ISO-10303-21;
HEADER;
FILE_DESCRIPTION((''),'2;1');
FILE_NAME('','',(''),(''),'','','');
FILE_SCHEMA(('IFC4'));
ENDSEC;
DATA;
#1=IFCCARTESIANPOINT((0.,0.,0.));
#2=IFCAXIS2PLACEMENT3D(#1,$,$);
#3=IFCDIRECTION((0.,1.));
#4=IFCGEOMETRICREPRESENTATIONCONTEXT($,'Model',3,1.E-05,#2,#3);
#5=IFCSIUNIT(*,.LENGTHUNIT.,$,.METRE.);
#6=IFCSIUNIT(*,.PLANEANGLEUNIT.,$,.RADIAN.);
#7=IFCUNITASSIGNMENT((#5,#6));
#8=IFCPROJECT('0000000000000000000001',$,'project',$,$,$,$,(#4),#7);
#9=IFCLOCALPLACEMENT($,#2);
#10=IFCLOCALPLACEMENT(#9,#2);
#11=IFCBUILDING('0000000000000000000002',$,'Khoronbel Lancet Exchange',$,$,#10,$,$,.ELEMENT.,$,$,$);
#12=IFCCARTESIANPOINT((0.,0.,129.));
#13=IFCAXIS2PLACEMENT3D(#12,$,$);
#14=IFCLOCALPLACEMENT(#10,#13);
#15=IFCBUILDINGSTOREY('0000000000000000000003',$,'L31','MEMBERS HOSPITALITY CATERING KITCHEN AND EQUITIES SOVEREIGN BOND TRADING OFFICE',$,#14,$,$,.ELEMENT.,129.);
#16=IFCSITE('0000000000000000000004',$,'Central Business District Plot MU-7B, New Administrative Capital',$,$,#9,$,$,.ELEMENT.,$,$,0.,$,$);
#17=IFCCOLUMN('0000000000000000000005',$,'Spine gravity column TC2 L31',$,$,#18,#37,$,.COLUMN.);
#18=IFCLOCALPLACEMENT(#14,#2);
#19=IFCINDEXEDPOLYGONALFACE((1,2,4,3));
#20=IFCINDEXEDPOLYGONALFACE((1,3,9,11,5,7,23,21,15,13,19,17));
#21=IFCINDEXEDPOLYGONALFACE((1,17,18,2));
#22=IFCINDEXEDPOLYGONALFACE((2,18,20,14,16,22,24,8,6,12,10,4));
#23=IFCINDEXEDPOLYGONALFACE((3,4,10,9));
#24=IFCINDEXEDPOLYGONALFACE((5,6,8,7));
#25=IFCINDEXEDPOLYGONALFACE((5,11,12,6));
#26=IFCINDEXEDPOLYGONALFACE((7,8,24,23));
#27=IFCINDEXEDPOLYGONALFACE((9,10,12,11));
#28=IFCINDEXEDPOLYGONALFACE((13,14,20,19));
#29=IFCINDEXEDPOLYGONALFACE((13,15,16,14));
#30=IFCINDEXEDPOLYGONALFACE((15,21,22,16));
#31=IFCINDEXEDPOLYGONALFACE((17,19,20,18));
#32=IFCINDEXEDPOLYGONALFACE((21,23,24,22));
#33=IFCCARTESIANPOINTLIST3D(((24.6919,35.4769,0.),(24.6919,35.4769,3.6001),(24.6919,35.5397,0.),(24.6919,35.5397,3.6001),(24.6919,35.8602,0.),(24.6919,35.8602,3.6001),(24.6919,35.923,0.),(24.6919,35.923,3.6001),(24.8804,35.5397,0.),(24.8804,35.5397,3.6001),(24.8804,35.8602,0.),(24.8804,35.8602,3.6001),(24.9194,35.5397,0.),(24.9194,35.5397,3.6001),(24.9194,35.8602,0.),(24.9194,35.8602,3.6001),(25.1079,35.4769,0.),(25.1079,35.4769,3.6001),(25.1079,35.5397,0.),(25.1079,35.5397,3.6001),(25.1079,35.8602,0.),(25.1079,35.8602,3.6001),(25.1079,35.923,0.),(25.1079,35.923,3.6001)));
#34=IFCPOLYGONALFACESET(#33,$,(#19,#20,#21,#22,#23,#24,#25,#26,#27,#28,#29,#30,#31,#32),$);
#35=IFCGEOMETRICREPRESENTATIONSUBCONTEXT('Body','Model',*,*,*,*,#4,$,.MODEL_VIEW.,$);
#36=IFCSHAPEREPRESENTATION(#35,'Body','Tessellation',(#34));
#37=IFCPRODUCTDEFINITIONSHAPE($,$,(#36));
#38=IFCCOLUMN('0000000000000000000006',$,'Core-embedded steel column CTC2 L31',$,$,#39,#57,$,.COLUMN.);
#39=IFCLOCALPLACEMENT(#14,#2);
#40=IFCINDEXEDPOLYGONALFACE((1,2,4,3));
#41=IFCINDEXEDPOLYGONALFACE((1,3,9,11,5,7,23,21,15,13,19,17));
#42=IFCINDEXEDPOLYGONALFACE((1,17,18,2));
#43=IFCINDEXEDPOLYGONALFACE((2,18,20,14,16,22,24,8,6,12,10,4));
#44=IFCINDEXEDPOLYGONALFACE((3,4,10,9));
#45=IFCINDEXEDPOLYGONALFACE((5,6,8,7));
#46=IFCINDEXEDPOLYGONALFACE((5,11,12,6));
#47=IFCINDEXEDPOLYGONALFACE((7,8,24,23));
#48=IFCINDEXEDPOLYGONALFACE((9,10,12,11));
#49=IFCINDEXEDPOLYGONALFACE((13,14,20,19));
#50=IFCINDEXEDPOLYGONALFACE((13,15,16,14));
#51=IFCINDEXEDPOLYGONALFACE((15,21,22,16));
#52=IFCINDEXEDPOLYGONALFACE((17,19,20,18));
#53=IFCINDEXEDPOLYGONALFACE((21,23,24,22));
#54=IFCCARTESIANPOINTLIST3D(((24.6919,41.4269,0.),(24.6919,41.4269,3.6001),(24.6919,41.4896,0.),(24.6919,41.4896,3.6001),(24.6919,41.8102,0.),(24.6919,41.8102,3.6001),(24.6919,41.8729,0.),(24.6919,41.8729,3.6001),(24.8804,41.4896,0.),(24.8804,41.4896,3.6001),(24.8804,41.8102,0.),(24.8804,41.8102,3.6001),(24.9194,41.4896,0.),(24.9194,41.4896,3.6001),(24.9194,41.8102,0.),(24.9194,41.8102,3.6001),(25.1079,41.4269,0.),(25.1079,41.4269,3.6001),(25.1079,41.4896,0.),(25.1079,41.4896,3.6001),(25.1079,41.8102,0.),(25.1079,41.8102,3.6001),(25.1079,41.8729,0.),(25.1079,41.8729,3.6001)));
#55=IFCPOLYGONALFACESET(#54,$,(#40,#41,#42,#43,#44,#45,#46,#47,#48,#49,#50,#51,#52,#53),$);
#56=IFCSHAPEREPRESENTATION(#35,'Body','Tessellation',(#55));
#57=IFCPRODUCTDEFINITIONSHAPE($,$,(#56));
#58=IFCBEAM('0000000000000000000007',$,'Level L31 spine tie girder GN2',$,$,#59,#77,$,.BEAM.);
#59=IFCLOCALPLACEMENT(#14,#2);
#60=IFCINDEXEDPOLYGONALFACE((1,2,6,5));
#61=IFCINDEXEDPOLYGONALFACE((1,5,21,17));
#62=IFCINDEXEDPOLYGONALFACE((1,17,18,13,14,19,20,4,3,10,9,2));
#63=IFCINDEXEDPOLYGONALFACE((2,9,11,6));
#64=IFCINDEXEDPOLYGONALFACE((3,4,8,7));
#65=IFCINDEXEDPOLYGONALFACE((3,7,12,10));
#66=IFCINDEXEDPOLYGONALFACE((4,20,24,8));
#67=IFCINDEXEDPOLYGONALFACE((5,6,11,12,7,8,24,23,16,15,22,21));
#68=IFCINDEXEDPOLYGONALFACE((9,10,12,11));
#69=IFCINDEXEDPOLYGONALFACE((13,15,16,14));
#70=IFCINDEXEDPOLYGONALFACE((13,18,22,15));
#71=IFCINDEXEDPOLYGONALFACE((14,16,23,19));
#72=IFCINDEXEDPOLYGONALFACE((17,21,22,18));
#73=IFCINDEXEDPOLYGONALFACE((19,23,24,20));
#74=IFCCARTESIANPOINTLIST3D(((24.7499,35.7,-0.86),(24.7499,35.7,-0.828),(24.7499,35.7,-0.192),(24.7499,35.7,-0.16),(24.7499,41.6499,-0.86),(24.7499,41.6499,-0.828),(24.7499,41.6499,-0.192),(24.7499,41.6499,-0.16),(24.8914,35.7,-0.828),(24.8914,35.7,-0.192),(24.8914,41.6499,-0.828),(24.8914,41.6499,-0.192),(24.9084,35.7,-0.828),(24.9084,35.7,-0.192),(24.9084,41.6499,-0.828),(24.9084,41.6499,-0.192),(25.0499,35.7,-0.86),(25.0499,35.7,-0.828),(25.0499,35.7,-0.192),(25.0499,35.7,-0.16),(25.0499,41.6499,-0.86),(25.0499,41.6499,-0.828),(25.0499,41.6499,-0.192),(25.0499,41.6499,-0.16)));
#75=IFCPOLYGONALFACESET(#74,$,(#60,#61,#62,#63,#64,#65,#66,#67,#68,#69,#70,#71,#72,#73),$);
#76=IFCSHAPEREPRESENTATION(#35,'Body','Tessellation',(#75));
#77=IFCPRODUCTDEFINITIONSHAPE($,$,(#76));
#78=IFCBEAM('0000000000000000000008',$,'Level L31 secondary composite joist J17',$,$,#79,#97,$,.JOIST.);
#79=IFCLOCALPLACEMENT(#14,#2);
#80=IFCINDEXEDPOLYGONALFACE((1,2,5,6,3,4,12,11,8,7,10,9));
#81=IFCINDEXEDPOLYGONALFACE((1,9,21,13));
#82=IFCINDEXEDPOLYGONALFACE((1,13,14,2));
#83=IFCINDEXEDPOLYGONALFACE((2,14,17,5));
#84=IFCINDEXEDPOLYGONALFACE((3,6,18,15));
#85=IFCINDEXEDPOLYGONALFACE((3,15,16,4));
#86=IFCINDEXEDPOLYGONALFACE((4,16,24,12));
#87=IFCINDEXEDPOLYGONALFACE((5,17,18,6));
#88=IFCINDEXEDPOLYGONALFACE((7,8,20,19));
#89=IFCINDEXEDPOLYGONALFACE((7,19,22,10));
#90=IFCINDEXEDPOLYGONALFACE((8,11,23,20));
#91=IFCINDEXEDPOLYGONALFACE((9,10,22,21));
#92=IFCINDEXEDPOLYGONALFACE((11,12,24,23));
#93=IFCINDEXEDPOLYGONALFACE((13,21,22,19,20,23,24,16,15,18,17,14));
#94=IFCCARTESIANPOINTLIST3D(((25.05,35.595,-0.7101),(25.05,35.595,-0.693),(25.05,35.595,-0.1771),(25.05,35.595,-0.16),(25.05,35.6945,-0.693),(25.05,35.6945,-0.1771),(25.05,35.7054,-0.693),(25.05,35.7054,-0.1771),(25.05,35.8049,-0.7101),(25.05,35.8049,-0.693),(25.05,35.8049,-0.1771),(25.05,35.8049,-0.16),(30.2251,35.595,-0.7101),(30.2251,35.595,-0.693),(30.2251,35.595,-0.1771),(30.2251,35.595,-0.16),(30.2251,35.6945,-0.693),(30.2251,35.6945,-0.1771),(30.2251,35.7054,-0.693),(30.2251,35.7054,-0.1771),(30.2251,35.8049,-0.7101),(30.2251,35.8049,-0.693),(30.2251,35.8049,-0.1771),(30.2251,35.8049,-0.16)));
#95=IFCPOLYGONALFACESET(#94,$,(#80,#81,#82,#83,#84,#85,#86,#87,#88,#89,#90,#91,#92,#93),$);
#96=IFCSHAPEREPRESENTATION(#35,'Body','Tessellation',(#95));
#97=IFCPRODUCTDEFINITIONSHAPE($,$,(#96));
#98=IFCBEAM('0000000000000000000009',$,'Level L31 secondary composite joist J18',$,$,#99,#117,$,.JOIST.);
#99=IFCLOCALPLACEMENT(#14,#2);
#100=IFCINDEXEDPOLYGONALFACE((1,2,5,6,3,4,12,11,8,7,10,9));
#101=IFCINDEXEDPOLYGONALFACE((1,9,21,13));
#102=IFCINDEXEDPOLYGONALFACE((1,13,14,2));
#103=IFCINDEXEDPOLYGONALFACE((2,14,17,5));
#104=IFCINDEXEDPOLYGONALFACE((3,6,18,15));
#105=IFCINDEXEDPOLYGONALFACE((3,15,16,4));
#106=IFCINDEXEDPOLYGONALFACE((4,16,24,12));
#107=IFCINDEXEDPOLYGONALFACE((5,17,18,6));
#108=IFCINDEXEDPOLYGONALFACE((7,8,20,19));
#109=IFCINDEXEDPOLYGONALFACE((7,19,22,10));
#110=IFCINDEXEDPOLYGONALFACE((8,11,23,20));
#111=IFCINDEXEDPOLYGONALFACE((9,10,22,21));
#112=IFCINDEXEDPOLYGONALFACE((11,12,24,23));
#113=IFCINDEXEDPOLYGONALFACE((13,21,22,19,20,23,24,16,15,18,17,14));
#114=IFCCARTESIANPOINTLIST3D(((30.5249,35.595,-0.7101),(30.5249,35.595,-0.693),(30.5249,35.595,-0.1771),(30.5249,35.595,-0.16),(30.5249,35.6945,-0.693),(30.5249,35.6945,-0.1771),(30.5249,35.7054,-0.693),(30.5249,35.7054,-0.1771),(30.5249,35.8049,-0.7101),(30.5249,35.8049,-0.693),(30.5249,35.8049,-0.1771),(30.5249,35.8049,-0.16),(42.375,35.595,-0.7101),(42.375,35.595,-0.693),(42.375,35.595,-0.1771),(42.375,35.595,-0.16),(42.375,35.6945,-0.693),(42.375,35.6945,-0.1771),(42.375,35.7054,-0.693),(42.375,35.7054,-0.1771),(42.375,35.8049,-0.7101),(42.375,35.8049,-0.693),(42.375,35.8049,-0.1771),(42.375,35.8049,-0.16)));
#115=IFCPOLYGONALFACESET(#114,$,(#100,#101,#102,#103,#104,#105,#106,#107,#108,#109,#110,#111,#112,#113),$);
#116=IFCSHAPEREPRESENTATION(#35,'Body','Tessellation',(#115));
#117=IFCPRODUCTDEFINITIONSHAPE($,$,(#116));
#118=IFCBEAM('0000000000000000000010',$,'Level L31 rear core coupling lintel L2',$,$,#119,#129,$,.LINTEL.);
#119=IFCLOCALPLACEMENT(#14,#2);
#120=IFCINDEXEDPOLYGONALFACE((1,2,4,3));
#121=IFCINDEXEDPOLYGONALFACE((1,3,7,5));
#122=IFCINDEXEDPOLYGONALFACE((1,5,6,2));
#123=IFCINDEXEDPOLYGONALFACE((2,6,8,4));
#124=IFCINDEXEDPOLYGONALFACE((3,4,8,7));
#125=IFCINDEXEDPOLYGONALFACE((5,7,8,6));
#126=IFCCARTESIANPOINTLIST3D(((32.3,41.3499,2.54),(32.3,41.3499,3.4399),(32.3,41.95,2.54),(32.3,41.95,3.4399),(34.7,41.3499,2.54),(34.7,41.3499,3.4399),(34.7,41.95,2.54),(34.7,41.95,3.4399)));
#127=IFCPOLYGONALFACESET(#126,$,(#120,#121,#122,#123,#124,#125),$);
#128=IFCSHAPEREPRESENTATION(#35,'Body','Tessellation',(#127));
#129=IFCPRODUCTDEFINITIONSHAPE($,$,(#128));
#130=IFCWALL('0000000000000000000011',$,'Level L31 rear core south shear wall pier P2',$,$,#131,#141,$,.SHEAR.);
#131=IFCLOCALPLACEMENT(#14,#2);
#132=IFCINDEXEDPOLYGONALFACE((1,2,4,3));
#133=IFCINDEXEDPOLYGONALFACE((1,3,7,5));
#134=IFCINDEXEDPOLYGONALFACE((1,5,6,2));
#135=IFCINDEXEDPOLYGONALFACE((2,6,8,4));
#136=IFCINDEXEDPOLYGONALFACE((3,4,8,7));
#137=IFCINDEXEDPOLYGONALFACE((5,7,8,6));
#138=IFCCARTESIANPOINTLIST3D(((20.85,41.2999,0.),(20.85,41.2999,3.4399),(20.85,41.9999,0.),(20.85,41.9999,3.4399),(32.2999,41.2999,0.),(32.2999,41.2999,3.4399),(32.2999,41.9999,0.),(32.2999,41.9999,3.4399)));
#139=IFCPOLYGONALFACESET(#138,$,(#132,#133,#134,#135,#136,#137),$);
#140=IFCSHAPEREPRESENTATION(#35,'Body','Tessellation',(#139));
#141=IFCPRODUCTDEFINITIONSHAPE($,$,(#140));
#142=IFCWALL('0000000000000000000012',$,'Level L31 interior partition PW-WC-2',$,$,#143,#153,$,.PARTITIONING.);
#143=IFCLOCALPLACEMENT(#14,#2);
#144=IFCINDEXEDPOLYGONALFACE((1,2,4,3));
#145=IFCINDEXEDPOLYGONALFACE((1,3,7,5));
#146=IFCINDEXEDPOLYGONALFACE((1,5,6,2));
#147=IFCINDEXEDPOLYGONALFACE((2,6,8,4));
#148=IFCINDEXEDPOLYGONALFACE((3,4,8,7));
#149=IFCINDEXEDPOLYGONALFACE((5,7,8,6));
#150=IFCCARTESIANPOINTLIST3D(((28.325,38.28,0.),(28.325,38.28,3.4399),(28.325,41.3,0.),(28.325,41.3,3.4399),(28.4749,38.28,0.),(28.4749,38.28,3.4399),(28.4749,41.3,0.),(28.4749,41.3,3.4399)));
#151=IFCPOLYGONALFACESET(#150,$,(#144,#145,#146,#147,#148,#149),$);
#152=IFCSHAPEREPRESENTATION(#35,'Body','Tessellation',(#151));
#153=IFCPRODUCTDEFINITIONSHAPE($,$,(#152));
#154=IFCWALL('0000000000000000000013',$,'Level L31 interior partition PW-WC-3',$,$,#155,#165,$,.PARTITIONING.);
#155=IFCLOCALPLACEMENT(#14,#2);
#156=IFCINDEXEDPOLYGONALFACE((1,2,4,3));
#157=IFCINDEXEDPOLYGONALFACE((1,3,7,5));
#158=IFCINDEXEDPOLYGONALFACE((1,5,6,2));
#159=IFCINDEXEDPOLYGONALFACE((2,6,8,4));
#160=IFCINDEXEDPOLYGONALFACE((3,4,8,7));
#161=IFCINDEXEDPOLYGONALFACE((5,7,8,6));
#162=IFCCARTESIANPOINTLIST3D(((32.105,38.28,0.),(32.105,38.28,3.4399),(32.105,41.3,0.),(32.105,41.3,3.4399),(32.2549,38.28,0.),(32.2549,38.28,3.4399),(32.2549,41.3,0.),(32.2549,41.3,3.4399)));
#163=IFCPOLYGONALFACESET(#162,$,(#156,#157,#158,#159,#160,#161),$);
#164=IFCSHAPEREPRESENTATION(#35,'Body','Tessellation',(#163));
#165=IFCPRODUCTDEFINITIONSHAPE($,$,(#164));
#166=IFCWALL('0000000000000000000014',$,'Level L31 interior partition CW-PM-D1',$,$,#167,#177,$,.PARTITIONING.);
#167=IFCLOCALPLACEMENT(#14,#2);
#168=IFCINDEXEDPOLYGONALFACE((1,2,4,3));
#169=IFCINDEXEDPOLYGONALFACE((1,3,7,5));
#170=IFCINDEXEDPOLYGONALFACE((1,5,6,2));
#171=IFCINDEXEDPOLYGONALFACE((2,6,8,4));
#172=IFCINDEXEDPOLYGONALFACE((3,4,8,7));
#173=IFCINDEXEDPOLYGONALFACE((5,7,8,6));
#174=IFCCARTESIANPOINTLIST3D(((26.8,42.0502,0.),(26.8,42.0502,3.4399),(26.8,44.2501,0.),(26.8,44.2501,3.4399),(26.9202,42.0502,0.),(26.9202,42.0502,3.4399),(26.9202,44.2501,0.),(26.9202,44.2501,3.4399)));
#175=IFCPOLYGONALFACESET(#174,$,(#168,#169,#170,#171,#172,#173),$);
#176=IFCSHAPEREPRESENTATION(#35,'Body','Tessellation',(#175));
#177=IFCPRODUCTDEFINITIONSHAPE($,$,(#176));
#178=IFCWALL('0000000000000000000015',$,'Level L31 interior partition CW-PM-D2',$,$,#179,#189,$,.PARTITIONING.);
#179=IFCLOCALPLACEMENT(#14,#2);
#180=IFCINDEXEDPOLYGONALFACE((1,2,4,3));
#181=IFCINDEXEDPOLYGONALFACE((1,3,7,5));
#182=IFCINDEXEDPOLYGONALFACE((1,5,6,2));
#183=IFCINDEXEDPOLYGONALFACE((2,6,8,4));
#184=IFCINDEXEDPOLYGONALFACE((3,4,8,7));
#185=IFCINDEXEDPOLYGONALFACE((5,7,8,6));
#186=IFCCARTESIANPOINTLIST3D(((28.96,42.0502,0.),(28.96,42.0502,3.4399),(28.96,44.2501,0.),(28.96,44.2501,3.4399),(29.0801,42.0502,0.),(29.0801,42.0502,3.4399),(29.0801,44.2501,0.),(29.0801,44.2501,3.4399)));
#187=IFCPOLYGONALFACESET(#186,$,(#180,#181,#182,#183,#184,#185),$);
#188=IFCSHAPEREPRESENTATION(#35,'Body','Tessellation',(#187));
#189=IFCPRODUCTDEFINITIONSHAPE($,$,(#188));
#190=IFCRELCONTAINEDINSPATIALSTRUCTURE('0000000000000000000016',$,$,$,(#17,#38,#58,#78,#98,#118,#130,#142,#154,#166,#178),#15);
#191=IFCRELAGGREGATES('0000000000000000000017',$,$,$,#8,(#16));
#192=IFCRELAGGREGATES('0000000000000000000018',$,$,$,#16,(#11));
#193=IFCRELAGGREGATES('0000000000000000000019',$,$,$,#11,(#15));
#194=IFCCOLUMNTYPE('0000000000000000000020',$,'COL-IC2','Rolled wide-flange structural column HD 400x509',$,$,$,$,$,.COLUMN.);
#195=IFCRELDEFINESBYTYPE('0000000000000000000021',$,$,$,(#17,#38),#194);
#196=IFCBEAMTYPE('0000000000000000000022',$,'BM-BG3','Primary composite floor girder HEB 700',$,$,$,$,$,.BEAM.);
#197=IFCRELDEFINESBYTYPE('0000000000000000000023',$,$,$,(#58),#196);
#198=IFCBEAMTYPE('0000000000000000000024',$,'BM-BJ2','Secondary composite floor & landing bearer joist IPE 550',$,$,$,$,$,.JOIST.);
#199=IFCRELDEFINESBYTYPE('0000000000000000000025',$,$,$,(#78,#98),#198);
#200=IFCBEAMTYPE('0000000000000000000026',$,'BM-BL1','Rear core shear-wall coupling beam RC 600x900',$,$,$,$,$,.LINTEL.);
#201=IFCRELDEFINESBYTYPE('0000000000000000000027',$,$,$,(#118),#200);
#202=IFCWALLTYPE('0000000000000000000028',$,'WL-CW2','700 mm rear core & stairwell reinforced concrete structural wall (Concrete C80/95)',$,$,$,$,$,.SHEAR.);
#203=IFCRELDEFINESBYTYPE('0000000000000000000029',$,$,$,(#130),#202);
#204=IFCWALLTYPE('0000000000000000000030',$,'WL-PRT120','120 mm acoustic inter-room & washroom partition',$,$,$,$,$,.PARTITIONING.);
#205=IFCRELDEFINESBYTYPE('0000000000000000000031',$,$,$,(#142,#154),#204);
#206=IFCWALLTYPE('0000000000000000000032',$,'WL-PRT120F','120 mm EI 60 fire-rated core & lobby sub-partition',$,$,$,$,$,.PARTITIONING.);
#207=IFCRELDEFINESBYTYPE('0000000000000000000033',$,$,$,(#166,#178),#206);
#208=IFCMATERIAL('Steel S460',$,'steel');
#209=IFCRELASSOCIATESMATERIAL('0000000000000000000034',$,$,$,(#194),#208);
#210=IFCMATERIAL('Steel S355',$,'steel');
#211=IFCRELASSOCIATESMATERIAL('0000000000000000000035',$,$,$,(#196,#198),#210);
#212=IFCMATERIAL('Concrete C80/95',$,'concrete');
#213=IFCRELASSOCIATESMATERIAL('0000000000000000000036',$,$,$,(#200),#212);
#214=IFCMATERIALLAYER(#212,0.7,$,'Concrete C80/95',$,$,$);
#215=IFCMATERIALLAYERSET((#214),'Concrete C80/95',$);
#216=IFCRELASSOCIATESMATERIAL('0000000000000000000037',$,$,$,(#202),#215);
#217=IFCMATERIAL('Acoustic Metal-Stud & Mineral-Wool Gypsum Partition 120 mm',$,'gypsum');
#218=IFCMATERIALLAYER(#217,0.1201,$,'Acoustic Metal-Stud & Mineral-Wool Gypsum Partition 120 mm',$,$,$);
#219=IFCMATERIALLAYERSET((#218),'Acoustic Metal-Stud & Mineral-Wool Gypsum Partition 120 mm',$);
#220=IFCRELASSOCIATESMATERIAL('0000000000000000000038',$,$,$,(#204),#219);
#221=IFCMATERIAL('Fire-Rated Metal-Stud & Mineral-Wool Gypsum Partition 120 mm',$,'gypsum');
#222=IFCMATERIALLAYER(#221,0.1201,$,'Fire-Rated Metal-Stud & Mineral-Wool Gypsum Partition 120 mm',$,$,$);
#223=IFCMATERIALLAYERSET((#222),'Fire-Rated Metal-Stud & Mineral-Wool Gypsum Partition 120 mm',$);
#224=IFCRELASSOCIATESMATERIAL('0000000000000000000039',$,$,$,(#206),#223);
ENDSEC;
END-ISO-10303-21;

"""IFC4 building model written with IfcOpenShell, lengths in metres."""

from ifc_helpers import new_model, si_unit, direction, frame, frame_2d, origin, origin_2d, place, context, subcontext, project, spatial, rectangle, i_section, extrude, material, layer, layer_set, material_profile, profile_set, type_object, element, save


model = new_model("IFC4")

# Units and contexts
model_context = context("Model", 3, precision=1e-05, world=origin(), true_north=direction((0.0, 1.0)))
body_context = subcontext(model_context, "Body", "Model", "MODEL_VIEW")
ifc_project = project(units=[si_unit("LENGTHUNIT", "METRE"), si_unit("PLANEANGLEUNIT", "RADIAN")], contexts=[model_context])

# Site, building, storey
site_placement = place(None, origin())
site = spatial("IfcSite", under=ifc_project, at=site_placement, Name="Central Business District Plot MU-7B, New Administrative Capital", CompositionType="ELEMENT", RefElevation=0.0)
building_placement = place(site_placement, origin())
building = spatial("IfcBuilding", under=site, at=building_placement, Name="Khoronbel Lancet Exchange", CompositionType="ELEMENT")
storey_placement = place(building_placement, frame((0.0, 0.0, 129.0)))
storey = spatial("IfcBuildingStorey", under=building, at=storey_placement, Name="L31", Description="MEMBERS HOSPITALITY CATERING KITCHEN AND EQUITIES SOVEREIGN BOND TRADING OFFICE", CompositionType="ELEMENT", Elevation=129.0)

# Columns
ifc_material_1 = material(Name="Steel S460", Category="steel")
ifc_material_profile_1 = material_profile(ifc_material_1, i_section(OverallWidth=0.416, OverallDepth=0.446, WebThickness=0.0391, FlangeThickness=0.0627, at=origin_2d()), Name="HD 400x509")
ifc_profile_set_1 = profile_set([ifc_material_profile_1], Name="Steel S460")
column_type = type_object("IfcColumnType", Name="COL-IC2", Description="Rolled wide-flange structural column HD 400x509", PredefinedType="COLUMN", material=ifc_profile_set_1)
for number, where, z_axis, x_axis, name in (
    (1, (24.8999, 35.7, 0.0), (0.0, 0.0, 1.0), (1.0, 0.0, 0.0), "Spine gravity column TC2 L31"),
    (2, (24.8999, 41.6499, 0.0), (0.0, 0.0, 1.0), (1.0, 0.0, 0.0), "Core-embedded steel column CTC2 L31"),
):
    element("IfcColumn", number, at=place(storey_placement, frame(where, z_axis=z_axis, x_axis=x_axis)), inside=storey, type_object=column_type, Name=name, PredefinedType="COLUMN", context=body_context, shape_type="SweptSolid", body=[
        extrude(i_section(OverallWidth=0.416, OverallDepth=0.446, WebThickness=0.0391, FlangeThickness=0.0627, at=origin_2d()), origin(), (0.0, 0.0, 1.0), 3.6001),
    ])

# Beams
ifc_material_2 = material(Name="Steel S355", Category="steel")
ifc_material_profile_2 = material_profile(ifc_material_2, i_section(OverallWidth=0.3, OverallDepth=0.7, WebThickness=0.0171, FlangeThickness=0.032, at=origin_2d()), Name="HEB 700")
ifc_profile_set_2 = profile_set([ifc_material_profile_2], Name="Steel S355")
beam_type_1 = type_object("IfcBeamType", Name="BM-BG3", Description="Primary composite floor girder HEB 700", PredefinedType="BEAM", material=ifc_profile_set_2)
beam_1_placement = place(storey_placement, frame((24.8999, 35.7, -0.51), z_axis=(0.0, 1.0, 0.0), x_axis=(-1.0, 0.0, 0.0)))
element("IfcBeam", 3, at=beam_1_placement, inside=storey, type_object=beam_type_1, Name="Level L31 spine tie girder GN2", PredefinedType="BEAM", context=body_context, shape_type="SweptSolid", body=[
    extrude(i_section(OverallWidth=0.3, OverallDepth=0.7, WebThickness=0.0171, FlangeThickness=0.032, at=origin_2d()), origin(), (0.0, 0.0, 1.0), 5.95),
])
ifc_material_profile_3 = material_profile(ifc_material_2, i_section(OverallWidth=0.21, OverallDepth=0.55, WebThickness=0.011, FlangeThickness=0.0171, at=origin_2d()), Name="IPE 550")
ifc_profile_set_3 = profile_set([ifc_material_profile_3], Name="Steel S355")
beam_type_2 = type_object("IfcBeamType", Name="BM-BJ2", Description="Secondary composite floor & landing bearer joist IPE 550", PredefinedType="JOIST", material=ifc_profile_set_3)
beam_2_placement = place(storey_placement, frame((25.05, 35.7, -0.4351), z_axis=(1.0, 0.0, 0.0), x_axis=(0.0, 1.0, 0.0)))
element("IfcBeam", 4, at=beam_2_placement, inside=storey, type_object=beam_type_2, Name="Level L31 secondary composite joist J17", PredefinedType="JOIST", context=body_context, shape_type="SweptSolid", body=[
    extrude(i_section(OverallWidth=0.21, OverallDepth=0.55, WebThickness=0.011, FlangeThickness=0.0171, at=origin_2d()), origin(), (0.0, 0.0, 1.0), 5.175),
])
beam_3_placement = place(storey_placement, frame((30.5249, 35.7, -0.4351), z_axis=(1.0, 0.0, 0.0), x_axis=(0.0, 1.0, 0.0)))
element("IfcBeam", 5, at=beam_3_placement, inside=storey, type_object=beam_type_2, Name="Level L31 secondary composite joist J18", PredefinedType="JOIST", context=body_context, shape_type="SweptSolid", body=[
    extrude(i_section(OverallWidth=0.21, OverallDepth=0.55, WebThickness=0.011, FlangeThickness=0.0171, at=origin_2d()), origin(), (0.0, 0.0, 1.0), 11.8501),
])
ifc_material_3 = material(Name="Concrete C80/95", Category="concrete")
ifc_material_profile_4 = material_profile(ifc_material_3, rectangle(XDim=0.6001, YDim=0.8999, at=origin_2d()), Name="RC 600x900")
ifc_profile_set_4 = profile_set([ifc_material_profile_4], Name="Concrete C80/95")
beam_type_3 = type_object("IfcBeamType", Name="BM-BL1", Description="Rear core shear-wall coupling beam RC 600x900", PredefinedType="LINTEL", material=ifc_profile_set_4)
beam_4_placement = place(storey_placement, frame((32.3, 41.6499, 2.99), z_axis=(1.0, 0.0, 0.0), x_axis=(0.0, 1.0, 0.0)))
element("IfcBeam", 6, at=beam_4_placement, inside=storey, type_object=beam_type_3, Name="Level L31 rear core coupling lintel L2", PredefinedType="LINTEL", context=body_context, shape_type="SweptSolid", body=[
    extrude(rectangle(XDim=0.6001, YDim=0.8999, at=origin_2d()), origin(), (0.0, 0.0, 1.0), 2.3999),
])

# Walls
ifc_layer_1 = layer(ifc_material_3, 0.7, Name="Concrete C80/95")
ifc_layer_set_1 = layer_set([ifc_layer_1], Name="Concrete C80/95")
wall_type_1 = type_object("IfcWallType", Name="WL-CW2", Description="700 mm rear core & stairwell reinforced concrete structural wall (Concrete C80/95)", PredefinedType="SHEAR", material=ifc_layer_set_1)
wall_1_placement = place(storey_placement, frame((32.3, 41.6499, 0.0), z_axis=(0.0, 0.0, 1.0), x_axis=(-1.0, 0.0, 0.0)))
element("IfcWall", 7, at=wall_1_placement, inside=storey, type_object=wall_type_1, Name="Level L31 rear core south shear wall pier P2", PredefinedType="SHEAR", context=body_context, shape_type="SweptSolid", body=[
    extrude(rectangle(XDim=11.45, YDim=0.7, at=frame_2d((5.7251, 0.0))), origin(), (0.0, 0.0, 1.0), 3.4399),
])
ifc_material_4 = material(Name="Acoustic Metal-Stud & Mineral-Wool Gypsum Partition 120 mm", Category="gypsum")
ifc_layer_2 = layer(ifc_material_4, 0.1201, Name="Acoustic Metal-Stud & Mineral-Wool Gypsum Partition 120 mm")
ifc_layer_set_2 = layer_set([ifc_layer_2], Name="Acoustic Metal-Stud & Mineral-Wool Gypsum Partition 120 mm")
wall_type_2 = type_object("IfcWallType", Name="WL-PRT120", Description="120 mm acoustic inter-room & washroom partition", PredefinedType="PARTITIONING", material=ifc_layer_set_2)
for number, where, z_axis, x_axis, name in (
    (8, (28.3999, 38.28, 0.0), (0.0, 0.0, 1.0), (0.0, 1.0, 0.0), "Level L31 interior partition PW-WC-2"),
    (9, (32.1799, 38.28, 0.0), (0.0, 0.0, 1.0), (0.0, 1.0, 0.0), "Level L31 interior partition PW-WC-3"),
):
    element("IfcWall", number, at=place(storey_placement, frame(where, z_axis=z_axis, x_axis=x_axis)), inside=storey, type_object=wall_type_2, Name=name, PredefinedType="PARTITIONING", context=body_context, shape_type="SweptSolid", body=[
        extrude(rectangle(XDim=3.02, YDim=0.1499, at=frame_2d((1.51, 0.0))), origin(), (0.0, 0.0, 1.0), 3.4399),
    ])
ifc_material_5 = material(Name="Fire-Rated Metal-Stud & Mineral-Wool Gypsum Partition 120 mm", Category="gypsum")
ifc_layer_3 = layer(ifc_material_5, 0.1201, Name="Fire-Rated Metal-Stud & Mineral-Wool Gypsum Partition 120 mm")
ifc_layer_set_3 = layer_set([ifc_layer_3], Name="Fire-Rated Metal-Stud & Mineral-Wool Gypsum Partition 120 mm")
wall_type_3 = type_object("IfcWallType", Name="WL-PRT120F", Description="120 mm EI 60 fire-rated core & lobby sub-partition", PredefinedType="PARTITIONING", material=ifc_layer_set_3)
for number, where, z_axis, x_axis, name in (
    (10, (26.8601, 42.05, 0.0), (0.0, 0.0, 1.0), (0.0, 1.0, 0.0), "Level L31 interior partition CW-PM-D1"),
    (11, (29.02, 42.05, 0.0), (0.0, 0.0, 1.0), (0.0, 1.0, 0.0), "Level L31 interior partition CW-PM-D2"),
):
    element("IfcWall", number, at=place(storey_placement, frame(where, z_axis=z_axis, x_axis=x_axis)), inside=storey, type_object=wall_type_3, Name=name, PredefinedType="PARTITIONING", context=body_context, shape_type="SweptSolid", body=[
        extrude(rectangle(XDim=2.2, YDim=0.1201, at=frame_2d((1.1001, 0.0))), origin(), (0.0, 0.0, 1.0), 3.4399),
    ])

save(model, "model.ifc")
